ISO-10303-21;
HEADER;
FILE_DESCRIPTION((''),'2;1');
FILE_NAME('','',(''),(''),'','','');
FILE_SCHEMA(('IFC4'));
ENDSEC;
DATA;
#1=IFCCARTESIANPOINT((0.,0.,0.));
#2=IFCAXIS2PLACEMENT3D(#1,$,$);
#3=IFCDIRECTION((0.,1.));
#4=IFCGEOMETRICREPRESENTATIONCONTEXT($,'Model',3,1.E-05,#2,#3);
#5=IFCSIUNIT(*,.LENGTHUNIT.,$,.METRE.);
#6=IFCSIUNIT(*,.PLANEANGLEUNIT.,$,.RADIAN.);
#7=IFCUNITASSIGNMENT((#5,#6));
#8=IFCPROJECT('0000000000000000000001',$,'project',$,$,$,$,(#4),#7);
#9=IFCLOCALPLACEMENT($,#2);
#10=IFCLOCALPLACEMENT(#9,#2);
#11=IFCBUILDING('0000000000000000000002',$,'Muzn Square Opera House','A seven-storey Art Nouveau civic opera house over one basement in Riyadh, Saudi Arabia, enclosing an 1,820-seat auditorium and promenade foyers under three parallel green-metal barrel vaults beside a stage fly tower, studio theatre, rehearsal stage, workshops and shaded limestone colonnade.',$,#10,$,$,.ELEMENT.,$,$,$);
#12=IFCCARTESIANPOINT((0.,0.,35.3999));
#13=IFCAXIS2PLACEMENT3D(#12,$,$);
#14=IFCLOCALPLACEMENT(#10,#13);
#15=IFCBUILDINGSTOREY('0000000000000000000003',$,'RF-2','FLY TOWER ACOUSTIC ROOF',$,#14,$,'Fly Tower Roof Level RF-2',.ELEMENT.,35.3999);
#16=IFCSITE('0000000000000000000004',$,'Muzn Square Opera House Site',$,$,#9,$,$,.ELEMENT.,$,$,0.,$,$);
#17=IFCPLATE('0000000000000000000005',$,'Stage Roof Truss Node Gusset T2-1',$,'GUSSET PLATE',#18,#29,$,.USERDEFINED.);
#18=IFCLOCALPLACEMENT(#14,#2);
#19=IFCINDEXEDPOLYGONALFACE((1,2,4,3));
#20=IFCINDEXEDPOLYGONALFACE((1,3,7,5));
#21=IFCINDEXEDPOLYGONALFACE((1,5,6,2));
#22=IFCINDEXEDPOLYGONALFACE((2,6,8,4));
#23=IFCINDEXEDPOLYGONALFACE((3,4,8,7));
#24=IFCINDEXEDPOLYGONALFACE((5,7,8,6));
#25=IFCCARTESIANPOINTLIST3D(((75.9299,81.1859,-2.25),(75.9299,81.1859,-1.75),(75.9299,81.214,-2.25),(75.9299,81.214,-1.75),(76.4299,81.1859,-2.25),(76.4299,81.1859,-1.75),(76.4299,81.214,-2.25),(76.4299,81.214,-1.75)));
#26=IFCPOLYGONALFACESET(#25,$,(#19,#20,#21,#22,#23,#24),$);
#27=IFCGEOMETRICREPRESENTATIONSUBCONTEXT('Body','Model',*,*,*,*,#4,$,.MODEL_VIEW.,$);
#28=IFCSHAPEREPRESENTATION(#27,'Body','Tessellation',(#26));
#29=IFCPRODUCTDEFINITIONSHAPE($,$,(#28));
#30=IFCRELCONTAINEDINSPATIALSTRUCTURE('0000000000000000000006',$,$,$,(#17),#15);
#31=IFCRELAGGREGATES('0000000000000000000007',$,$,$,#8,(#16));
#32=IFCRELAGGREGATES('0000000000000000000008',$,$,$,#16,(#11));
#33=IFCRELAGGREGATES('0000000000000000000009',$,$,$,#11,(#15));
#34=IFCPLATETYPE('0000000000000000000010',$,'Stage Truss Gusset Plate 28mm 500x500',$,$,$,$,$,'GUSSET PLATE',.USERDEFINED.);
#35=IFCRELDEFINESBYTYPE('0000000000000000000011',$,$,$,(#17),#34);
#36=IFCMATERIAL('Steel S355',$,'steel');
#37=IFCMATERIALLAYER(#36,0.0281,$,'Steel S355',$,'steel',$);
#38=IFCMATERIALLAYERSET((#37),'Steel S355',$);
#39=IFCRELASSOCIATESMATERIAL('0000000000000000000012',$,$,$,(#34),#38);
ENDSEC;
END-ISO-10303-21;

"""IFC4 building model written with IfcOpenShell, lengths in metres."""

from ifc_helpers import new_model, si_unit, direction, frame, origin, origin_2d, place, context, subcontext, project, spatial, rectangle, extrude, material, layer, layer_set, type_object, element, save


model = new_model("IFC4")

# Units and contexts
model_context = context("Model", 3, precision=1e-05, world=origin(), true_north=direction((0.0, 1.0)))
body_context = subcontext(model_context, "Body", "Model", "MODEL_VIEW")
ifc_project = project(units=[si_unit("LENGTHUNIT", "METRE"), si_unit("PLANEANGLEUNIT", "RADIAN")], contexts=[model_context])

# Site, building, storey
site_placement = place(None, origin())
site = spatial("IfcSite", under=ifc_project, at=site_placement, Name="Muzn Square Opera House Site", CompositionType="ELEMENT", RefElevation=0.0)
building_placement = place(site_placement, origin())
building = spatial("IfcBuilding", under=site, at=building_placement, Name="Muzn Square Opera House", Description="A seven-storey Art Nouveau civic opera house over one basement in Riyadh, Saudi Arabia, enclosing an 1,820-seat auditorium and promenade foyers under three parallel green-metal barrel vaults beside a stage fly tower, studio theatre, rehearsal stage, workshops and shaded limestone colonnade.", CompositionType="ELEMENT")
storey_placement = place(building_placement, frame((0.0, 0.0, 35.3999)))
storey = spatial("IfcBuildingStorey", under=building, at=storey_placement, Name="RF-2", Description="FLY TOWER ACOUSTIC ROOF", LongName="Fly Tower Roof Level RF-2", CompositionType="ELEMENT", Elevation=35.3999)

# Shared definitions
ifc_material = material(Name="Steel S355", Category="steel")

# Plate
ifc_layer = layer(ifc_material, 0.0281, Name="Steel S355", Category="steel")
ifc_layer_set = layer_set([ifc_layer], Name="Steel S355")
plate_type = type_object("IfcPlateType", Name="Stage Truss Gusset Plate 28mm 500x500", ElementType="GUSSET PLATE", PredefinedType="USERDEFINED", material=ifc_layer_set)
for number, where, z_axis, x_axis, name in (
    (1, (76.1799, 81.2, -2.25), (0.0, 0.0, 1.0), (1.0, 0.0, 0.0), "Stage Roof Truss Node Gusset T2-1"),
):
    element("IfcPlate", number, at=place(storey_placement, frame(where, z_axis=z_axis, x_axis=x_axis)), inside=storey, type_object=plate_type, Name=name, ObjectType="GUSSET PLATE", PredefinedType="USERDEFINED", context=body_context, shape_type="SweptSolid", body=[
        extrude(rectangle(XDim=0.5, YDim=0.0281, at=origin_2d()), origin(), (0.0, 0.0, 1.0), 0.5),
    ])

save(model, "model.ifc")
